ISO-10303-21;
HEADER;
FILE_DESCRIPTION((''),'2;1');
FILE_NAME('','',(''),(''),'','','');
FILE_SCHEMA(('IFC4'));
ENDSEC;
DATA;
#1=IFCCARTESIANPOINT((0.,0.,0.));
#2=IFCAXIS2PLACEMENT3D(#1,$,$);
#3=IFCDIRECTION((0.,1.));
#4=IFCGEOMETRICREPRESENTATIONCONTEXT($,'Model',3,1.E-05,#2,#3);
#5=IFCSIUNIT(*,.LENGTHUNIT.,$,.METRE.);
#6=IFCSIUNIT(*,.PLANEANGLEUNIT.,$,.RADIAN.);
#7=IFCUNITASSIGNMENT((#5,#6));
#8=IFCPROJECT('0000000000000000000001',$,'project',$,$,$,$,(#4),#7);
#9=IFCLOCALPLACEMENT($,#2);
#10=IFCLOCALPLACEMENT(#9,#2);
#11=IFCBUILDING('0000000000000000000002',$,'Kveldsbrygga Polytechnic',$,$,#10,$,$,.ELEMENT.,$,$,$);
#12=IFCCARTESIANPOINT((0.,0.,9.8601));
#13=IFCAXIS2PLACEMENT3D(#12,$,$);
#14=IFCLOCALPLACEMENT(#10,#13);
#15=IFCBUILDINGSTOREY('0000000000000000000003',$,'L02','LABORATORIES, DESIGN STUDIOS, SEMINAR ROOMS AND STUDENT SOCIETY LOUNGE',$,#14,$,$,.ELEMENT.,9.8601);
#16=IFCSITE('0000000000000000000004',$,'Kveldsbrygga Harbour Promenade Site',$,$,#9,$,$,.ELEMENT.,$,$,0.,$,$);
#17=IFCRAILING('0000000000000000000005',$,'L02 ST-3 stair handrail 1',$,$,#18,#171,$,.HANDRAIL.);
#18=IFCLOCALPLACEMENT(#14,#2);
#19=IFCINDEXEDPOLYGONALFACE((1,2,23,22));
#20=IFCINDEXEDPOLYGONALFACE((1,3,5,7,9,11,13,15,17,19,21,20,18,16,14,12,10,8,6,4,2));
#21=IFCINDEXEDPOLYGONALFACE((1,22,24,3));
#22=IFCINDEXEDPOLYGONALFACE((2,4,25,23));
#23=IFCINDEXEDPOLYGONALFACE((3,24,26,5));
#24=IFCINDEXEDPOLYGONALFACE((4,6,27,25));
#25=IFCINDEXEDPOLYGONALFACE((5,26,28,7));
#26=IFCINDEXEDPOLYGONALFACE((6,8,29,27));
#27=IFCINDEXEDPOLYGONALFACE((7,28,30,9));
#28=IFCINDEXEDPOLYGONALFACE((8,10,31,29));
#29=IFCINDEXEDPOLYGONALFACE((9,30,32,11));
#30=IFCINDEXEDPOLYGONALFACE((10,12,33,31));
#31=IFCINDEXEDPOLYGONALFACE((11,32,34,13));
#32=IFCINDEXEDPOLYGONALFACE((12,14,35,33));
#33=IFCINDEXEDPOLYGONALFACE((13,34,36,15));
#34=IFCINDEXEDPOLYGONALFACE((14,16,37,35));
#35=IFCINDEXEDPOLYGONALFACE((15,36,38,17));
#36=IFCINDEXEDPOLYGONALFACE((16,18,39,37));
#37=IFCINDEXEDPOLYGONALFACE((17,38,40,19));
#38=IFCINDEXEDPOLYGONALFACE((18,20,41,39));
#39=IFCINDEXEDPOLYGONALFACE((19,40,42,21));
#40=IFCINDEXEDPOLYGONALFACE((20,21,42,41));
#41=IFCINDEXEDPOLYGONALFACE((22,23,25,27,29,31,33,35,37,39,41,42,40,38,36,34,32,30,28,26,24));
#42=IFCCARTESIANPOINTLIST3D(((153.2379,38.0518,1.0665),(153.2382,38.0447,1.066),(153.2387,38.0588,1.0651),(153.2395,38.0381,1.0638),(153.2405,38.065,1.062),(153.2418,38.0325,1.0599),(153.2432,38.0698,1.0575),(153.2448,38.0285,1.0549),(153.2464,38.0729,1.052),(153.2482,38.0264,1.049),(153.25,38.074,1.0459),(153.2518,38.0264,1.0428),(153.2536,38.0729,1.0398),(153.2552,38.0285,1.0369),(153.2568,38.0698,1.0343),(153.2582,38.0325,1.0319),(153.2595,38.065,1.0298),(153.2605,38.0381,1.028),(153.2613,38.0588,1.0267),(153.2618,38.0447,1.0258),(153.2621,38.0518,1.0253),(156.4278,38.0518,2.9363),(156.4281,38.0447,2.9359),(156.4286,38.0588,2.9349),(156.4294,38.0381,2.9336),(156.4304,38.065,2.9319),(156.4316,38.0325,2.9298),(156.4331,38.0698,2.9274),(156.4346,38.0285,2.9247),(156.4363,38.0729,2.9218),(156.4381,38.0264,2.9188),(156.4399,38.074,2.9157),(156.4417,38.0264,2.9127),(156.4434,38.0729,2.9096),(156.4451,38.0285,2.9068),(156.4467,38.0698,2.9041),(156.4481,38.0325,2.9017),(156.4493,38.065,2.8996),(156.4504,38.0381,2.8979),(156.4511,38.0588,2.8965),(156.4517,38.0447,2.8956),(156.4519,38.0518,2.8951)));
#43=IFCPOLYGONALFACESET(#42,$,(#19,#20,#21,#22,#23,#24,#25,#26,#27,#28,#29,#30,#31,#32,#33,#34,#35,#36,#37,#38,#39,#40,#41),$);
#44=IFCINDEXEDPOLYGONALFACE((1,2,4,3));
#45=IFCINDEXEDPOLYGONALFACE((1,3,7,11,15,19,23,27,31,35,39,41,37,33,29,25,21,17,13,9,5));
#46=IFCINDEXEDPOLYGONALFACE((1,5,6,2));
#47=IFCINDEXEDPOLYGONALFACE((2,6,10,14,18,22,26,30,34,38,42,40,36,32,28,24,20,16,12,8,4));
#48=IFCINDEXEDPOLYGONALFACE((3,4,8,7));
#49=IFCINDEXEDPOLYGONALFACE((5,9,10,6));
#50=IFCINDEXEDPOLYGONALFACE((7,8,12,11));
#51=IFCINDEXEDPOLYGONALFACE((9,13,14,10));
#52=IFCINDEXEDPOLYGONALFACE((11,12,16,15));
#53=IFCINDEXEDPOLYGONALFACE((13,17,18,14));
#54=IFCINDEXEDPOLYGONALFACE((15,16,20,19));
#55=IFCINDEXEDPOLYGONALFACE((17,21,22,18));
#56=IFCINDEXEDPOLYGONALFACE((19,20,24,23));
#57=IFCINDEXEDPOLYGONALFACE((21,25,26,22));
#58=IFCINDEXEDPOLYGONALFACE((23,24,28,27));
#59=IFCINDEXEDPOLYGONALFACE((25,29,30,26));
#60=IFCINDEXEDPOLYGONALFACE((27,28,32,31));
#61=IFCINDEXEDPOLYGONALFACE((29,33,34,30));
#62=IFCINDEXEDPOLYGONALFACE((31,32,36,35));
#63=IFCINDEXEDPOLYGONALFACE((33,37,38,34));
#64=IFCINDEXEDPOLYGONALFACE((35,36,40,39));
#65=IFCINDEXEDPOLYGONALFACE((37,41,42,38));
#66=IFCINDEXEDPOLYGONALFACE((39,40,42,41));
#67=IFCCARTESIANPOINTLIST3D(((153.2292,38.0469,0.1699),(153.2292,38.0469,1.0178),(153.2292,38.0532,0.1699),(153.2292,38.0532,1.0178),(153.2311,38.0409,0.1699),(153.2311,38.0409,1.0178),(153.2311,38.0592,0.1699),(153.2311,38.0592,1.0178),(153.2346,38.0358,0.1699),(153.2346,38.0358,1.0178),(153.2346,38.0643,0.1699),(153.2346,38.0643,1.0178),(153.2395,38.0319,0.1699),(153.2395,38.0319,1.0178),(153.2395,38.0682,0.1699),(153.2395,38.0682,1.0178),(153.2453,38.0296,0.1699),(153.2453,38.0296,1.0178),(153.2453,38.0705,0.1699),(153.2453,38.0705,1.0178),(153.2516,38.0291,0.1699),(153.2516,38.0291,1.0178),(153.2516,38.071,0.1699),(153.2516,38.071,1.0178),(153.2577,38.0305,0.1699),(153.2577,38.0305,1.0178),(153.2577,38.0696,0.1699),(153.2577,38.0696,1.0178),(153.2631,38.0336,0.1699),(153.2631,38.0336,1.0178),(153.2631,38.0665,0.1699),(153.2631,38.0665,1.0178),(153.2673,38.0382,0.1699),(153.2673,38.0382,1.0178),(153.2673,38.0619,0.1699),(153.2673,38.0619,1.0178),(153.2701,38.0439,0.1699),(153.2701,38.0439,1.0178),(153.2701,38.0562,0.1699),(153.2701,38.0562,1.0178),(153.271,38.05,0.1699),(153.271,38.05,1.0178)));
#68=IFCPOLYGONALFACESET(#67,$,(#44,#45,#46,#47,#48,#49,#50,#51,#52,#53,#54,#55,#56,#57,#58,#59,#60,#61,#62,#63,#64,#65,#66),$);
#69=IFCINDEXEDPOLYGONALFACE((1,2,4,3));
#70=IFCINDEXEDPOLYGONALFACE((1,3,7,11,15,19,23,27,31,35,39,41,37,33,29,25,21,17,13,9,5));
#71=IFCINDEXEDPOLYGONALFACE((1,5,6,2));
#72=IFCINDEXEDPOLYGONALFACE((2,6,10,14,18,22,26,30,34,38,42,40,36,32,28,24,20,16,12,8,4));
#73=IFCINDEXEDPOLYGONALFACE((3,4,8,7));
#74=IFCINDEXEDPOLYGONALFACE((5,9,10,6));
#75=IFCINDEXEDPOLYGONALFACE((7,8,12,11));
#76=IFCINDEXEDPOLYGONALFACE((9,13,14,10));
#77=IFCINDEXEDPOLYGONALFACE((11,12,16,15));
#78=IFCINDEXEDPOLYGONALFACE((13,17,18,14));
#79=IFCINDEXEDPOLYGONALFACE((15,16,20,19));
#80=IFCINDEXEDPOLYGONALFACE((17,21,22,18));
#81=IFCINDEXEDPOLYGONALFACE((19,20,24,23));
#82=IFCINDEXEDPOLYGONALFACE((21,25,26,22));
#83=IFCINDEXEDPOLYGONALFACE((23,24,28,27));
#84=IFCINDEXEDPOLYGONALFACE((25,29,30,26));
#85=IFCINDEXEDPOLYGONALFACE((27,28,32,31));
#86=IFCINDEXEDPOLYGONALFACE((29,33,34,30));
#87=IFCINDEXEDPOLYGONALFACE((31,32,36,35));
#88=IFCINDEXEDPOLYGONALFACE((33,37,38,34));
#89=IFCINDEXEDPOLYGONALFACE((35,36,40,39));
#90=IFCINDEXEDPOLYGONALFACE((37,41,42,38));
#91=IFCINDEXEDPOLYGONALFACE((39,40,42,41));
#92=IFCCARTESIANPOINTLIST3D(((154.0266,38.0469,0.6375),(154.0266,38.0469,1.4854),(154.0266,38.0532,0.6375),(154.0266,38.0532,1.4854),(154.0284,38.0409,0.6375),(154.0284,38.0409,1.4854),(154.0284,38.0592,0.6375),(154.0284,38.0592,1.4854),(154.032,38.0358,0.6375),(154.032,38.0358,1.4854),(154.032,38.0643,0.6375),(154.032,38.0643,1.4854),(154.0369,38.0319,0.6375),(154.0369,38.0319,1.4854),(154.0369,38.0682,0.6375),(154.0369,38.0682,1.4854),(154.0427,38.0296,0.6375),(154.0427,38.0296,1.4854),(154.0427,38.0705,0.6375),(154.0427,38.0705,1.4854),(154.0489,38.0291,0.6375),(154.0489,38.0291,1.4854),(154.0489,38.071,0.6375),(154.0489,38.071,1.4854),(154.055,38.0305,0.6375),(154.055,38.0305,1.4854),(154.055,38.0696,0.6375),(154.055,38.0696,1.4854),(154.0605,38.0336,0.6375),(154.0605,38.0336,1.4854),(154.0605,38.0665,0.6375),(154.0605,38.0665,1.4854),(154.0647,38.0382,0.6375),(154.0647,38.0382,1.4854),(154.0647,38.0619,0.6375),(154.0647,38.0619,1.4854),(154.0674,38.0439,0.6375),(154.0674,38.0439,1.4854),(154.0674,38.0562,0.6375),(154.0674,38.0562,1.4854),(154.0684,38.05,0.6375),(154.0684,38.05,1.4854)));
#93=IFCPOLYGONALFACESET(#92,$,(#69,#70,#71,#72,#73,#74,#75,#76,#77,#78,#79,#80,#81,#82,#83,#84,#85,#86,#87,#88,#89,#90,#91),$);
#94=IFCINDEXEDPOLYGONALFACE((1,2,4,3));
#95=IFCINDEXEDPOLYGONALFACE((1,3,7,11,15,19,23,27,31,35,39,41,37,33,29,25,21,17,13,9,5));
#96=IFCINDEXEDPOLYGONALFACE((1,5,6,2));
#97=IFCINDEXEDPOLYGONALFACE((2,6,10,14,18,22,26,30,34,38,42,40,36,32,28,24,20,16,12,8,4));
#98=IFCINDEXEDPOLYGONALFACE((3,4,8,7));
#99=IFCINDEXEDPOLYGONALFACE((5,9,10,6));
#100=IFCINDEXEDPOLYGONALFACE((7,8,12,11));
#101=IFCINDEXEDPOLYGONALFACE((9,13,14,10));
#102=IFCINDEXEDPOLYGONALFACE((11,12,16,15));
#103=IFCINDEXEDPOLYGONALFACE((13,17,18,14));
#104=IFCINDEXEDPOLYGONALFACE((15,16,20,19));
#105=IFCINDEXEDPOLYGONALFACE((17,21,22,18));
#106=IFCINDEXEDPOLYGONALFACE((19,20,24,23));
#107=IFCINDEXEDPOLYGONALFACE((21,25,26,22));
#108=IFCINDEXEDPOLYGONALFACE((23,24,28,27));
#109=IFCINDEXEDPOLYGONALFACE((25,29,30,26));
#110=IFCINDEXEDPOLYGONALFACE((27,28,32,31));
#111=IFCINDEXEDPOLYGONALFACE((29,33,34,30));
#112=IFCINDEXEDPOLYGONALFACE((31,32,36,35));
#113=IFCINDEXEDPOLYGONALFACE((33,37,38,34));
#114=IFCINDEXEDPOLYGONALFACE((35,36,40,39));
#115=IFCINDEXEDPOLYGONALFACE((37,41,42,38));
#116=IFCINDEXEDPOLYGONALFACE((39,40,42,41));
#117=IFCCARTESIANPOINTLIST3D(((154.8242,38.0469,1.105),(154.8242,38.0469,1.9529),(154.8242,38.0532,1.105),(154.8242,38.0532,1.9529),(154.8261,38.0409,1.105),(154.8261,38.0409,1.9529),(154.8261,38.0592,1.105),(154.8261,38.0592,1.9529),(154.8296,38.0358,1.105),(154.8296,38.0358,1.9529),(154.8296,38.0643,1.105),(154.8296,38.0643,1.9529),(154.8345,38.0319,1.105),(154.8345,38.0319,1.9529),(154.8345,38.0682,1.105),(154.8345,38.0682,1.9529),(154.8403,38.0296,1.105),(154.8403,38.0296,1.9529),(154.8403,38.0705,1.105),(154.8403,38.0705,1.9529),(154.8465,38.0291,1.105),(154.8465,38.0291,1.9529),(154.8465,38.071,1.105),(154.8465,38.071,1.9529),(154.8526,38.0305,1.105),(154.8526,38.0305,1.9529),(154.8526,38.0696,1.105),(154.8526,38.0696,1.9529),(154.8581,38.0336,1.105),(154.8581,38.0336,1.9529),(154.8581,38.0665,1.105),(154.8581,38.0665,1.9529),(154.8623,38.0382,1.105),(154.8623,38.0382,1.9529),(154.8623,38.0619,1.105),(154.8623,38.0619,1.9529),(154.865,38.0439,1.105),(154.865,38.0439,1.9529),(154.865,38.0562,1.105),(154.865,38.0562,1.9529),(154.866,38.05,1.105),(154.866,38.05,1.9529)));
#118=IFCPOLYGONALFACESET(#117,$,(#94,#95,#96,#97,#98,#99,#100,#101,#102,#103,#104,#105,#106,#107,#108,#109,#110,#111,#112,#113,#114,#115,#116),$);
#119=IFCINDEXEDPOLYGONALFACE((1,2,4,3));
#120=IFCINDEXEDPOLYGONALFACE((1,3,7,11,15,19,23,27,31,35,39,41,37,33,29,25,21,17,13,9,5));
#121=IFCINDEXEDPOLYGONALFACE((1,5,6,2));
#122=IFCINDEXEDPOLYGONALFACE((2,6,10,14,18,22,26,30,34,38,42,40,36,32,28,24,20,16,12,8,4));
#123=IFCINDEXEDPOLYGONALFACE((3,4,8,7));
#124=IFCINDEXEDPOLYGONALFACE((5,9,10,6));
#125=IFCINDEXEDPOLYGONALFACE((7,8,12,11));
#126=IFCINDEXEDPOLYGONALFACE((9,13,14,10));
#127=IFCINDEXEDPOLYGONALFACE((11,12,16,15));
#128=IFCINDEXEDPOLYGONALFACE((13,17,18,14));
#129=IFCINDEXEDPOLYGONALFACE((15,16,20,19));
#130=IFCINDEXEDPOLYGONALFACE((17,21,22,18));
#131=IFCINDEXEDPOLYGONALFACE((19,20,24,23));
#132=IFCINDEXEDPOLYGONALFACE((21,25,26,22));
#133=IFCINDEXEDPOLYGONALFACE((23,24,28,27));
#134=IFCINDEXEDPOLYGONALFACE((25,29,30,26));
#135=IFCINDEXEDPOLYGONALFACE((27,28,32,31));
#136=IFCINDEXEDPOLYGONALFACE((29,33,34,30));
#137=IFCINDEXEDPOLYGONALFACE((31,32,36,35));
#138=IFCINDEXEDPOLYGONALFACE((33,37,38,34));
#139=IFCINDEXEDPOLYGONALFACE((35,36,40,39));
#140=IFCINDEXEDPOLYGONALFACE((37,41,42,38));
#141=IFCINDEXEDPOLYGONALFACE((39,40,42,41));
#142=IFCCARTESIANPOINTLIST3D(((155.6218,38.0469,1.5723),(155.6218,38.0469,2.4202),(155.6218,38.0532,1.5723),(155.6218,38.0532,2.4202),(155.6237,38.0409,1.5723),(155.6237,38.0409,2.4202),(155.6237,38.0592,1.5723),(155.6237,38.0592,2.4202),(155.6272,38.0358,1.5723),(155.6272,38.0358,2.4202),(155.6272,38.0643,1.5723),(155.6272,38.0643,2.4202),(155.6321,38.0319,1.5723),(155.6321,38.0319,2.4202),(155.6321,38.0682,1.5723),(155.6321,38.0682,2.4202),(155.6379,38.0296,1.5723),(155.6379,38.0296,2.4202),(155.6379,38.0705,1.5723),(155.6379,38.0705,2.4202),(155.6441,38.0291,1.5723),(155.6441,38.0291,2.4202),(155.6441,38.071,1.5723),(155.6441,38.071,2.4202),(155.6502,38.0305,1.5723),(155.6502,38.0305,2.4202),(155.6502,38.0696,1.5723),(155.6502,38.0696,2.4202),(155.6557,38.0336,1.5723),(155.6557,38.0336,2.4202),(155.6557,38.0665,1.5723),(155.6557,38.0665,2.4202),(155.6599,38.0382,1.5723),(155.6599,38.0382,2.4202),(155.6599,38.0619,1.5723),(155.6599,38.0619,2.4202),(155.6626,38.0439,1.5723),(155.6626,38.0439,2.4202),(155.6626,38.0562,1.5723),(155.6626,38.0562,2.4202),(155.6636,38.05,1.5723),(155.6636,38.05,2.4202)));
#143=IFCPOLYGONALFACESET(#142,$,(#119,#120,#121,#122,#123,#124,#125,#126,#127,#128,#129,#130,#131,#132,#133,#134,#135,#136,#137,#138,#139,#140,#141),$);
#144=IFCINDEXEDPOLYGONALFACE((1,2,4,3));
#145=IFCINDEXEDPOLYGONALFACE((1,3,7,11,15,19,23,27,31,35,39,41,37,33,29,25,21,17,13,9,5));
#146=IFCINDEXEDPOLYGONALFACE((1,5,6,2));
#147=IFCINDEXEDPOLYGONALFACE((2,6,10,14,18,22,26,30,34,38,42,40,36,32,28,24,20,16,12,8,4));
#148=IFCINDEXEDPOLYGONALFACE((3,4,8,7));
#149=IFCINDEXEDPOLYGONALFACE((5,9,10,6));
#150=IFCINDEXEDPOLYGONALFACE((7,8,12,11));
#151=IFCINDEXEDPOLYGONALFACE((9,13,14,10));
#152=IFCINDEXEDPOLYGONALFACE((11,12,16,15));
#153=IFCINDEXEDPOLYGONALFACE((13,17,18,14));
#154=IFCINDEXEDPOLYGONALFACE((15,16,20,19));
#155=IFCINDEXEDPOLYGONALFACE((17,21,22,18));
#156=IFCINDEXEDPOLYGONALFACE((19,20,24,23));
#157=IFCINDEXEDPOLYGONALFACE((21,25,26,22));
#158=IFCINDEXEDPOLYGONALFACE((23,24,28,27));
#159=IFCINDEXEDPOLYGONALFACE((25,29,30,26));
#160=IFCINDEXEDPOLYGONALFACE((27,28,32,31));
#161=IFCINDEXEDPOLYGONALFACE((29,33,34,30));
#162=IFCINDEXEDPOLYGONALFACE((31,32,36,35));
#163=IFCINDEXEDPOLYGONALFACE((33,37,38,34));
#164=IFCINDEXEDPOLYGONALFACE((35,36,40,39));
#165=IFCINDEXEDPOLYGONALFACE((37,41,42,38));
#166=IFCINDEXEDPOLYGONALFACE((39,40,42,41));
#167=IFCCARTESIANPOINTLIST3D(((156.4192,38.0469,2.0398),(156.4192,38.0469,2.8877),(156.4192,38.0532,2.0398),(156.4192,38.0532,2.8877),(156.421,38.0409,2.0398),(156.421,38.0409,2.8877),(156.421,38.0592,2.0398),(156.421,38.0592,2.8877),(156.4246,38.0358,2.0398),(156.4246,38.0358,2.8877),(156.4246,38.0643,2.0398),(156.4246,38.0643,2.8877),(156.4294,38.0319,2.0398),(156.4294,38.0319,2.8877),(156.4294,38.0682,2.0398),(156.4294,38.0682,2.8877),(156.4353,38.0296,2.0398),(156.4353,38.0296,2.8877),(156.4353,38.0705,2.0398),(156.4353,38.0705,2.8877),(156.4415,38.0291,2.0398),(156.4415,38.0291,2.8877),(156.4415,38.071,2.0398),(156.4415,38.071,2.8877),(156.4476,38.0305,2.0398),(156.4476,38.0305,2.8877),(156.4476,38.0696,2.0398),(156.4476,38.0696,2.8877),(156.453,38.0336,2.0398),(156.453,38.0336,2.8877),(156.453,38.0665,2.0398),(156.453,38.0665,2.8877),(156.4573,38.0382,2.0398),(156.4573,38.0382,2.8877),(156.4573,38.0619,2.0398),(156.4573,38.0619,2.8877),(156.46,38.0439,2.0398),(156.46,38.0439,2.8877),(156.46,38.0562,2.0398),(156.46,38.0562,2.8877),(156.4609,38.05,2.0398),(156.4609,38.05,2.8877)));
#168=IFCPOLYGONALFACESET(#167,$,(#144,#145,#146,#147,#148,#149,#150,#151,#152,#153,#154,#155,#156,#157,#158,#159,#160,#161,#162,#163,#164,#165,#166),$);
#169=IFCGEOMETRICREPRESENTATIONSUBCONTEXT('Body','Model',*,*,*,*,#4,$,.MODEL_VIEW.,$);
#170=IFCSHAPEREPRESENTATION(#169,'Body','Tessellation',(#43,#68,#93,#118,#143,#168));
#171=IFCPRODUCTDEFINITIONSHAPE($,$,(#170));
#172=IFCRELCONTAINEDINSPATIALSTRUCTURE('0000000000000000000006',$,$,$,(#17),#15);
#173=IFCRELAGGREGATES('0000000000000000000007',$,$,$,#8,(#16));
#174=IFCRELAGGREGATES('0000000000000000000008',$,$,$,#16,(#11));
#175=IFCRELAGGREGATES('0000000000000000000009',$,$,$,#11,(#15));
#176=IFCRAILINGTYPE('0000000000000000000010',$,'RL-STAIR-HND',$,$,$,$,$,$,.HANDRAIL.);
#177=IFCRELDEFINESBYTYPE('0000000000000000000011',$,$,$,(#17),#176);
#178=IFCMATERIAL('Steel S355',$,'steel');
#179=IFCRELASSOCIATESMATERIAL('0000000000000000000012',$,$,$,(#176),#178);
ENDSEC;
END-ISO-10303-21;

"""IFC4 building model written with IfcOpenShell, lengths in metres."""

from ifc_helpers import new_model, si_unit, direction, frame, origin, origin_2d, place, context, subcontext, project, spatial, circle, extrude, material, type_object, element, save


model = new_model("IFC4")

# Units and contexts
model_context = context("Model", 3, precision=1e-05, world=origin(), true_north=direction((0.0, 1.0)))
body_context = subcontext(model_context, "Body", "Model", "MODEL_VIEW")
ifc_project = project(units=[si_unit("LENGTHUNIT", "METRE"), si_unit("PLANEANGLEUNIT", "RADIAN")], contexts=[model_context])

# Site, building, storey
site_placement = place(None, origin())
site = spatial("IfcSite", under=ifc_project, at=site_placement, Name="Kveldsbrygga Harbour Promenade Site", CompositionType="ELEMENT", RefElevation=0.0)
building_placement = place(site_placement, origin())
building = spatial("IfcBuilding", under=site, at=building_placement, Name="Kveldsbrygga Polytechnic", CompositionType="ELEMENT")
storey_placement = place(building_placement, frame((0.0, 0.0, 9.8601)))
storey = spatial("IfcBuildingStorey", under=building, at=storey_placement, Name="L02", Description="LABORATORIES, DESIGN STUDIOS, SEMINAR ROOMS AND STUDENT SOCIETY LOUNGE", CompositionType="ELEMENT", Elevation=9.8601)

# Shared definitions
ifc_material_1 = material(Name="Steel S355", Category="steel")

# Railing
railing_type_1 = type_object("IfcRailingType", Name="RL-STAIR-HND", PredefinedType="HANDRAIL", material=ifc_material_1)
railing_1_placement = place(storey_placement, frame((153.25, 38.05, 0.1699)))
element("IfcRailing", 1, at=railing_1_placement, inside=storey, type_object=railing_type_1, Name="L02 ST-3 stair handrail 1", PredefinedType="HANDRAIL", context=body_context, shape_type="SweptSolid", body=[
    extrude(circle(Radius=0.0239, at=origin_2d()), frame((0.0, 0.0, 0.876), z_axis=(0.862709, 0.0, 0.505701), x_axis=(0.0, 1.0, 0.0)), (0.0, 0.0, 1.0), 3.6975),
    extrude(circle(Radius=0.021, at=origin_2d()), origin(), (0.0, 0.0, 1.0), 0.8479),
    extrude(circle(Radius=0.021, at=origin_2d()), frame((0.7974, 0.0, 0.4675)), (0.0, 0.0, 1.0), 0.8479),
    extrude(circle(Radius=0.021, at=origin_2d()), frame((1.595, 0.0, 0.9351)), (0.0, 0.0, 1.0), 0.8479),
    extrude(circle(Radius=0.021, at=origin_2d()), frame((2.3926, 0.0, 1.4023)), (0.0, 0.0, 1.0), 0.8479),
    extrude(circle(Radius=0.021, at=origin_2d()), frame((3.1899, 0.0, 1.8699)), (0.0, 0.0, 1.0), 0.8479),
])

save(model, "model.ifc")
